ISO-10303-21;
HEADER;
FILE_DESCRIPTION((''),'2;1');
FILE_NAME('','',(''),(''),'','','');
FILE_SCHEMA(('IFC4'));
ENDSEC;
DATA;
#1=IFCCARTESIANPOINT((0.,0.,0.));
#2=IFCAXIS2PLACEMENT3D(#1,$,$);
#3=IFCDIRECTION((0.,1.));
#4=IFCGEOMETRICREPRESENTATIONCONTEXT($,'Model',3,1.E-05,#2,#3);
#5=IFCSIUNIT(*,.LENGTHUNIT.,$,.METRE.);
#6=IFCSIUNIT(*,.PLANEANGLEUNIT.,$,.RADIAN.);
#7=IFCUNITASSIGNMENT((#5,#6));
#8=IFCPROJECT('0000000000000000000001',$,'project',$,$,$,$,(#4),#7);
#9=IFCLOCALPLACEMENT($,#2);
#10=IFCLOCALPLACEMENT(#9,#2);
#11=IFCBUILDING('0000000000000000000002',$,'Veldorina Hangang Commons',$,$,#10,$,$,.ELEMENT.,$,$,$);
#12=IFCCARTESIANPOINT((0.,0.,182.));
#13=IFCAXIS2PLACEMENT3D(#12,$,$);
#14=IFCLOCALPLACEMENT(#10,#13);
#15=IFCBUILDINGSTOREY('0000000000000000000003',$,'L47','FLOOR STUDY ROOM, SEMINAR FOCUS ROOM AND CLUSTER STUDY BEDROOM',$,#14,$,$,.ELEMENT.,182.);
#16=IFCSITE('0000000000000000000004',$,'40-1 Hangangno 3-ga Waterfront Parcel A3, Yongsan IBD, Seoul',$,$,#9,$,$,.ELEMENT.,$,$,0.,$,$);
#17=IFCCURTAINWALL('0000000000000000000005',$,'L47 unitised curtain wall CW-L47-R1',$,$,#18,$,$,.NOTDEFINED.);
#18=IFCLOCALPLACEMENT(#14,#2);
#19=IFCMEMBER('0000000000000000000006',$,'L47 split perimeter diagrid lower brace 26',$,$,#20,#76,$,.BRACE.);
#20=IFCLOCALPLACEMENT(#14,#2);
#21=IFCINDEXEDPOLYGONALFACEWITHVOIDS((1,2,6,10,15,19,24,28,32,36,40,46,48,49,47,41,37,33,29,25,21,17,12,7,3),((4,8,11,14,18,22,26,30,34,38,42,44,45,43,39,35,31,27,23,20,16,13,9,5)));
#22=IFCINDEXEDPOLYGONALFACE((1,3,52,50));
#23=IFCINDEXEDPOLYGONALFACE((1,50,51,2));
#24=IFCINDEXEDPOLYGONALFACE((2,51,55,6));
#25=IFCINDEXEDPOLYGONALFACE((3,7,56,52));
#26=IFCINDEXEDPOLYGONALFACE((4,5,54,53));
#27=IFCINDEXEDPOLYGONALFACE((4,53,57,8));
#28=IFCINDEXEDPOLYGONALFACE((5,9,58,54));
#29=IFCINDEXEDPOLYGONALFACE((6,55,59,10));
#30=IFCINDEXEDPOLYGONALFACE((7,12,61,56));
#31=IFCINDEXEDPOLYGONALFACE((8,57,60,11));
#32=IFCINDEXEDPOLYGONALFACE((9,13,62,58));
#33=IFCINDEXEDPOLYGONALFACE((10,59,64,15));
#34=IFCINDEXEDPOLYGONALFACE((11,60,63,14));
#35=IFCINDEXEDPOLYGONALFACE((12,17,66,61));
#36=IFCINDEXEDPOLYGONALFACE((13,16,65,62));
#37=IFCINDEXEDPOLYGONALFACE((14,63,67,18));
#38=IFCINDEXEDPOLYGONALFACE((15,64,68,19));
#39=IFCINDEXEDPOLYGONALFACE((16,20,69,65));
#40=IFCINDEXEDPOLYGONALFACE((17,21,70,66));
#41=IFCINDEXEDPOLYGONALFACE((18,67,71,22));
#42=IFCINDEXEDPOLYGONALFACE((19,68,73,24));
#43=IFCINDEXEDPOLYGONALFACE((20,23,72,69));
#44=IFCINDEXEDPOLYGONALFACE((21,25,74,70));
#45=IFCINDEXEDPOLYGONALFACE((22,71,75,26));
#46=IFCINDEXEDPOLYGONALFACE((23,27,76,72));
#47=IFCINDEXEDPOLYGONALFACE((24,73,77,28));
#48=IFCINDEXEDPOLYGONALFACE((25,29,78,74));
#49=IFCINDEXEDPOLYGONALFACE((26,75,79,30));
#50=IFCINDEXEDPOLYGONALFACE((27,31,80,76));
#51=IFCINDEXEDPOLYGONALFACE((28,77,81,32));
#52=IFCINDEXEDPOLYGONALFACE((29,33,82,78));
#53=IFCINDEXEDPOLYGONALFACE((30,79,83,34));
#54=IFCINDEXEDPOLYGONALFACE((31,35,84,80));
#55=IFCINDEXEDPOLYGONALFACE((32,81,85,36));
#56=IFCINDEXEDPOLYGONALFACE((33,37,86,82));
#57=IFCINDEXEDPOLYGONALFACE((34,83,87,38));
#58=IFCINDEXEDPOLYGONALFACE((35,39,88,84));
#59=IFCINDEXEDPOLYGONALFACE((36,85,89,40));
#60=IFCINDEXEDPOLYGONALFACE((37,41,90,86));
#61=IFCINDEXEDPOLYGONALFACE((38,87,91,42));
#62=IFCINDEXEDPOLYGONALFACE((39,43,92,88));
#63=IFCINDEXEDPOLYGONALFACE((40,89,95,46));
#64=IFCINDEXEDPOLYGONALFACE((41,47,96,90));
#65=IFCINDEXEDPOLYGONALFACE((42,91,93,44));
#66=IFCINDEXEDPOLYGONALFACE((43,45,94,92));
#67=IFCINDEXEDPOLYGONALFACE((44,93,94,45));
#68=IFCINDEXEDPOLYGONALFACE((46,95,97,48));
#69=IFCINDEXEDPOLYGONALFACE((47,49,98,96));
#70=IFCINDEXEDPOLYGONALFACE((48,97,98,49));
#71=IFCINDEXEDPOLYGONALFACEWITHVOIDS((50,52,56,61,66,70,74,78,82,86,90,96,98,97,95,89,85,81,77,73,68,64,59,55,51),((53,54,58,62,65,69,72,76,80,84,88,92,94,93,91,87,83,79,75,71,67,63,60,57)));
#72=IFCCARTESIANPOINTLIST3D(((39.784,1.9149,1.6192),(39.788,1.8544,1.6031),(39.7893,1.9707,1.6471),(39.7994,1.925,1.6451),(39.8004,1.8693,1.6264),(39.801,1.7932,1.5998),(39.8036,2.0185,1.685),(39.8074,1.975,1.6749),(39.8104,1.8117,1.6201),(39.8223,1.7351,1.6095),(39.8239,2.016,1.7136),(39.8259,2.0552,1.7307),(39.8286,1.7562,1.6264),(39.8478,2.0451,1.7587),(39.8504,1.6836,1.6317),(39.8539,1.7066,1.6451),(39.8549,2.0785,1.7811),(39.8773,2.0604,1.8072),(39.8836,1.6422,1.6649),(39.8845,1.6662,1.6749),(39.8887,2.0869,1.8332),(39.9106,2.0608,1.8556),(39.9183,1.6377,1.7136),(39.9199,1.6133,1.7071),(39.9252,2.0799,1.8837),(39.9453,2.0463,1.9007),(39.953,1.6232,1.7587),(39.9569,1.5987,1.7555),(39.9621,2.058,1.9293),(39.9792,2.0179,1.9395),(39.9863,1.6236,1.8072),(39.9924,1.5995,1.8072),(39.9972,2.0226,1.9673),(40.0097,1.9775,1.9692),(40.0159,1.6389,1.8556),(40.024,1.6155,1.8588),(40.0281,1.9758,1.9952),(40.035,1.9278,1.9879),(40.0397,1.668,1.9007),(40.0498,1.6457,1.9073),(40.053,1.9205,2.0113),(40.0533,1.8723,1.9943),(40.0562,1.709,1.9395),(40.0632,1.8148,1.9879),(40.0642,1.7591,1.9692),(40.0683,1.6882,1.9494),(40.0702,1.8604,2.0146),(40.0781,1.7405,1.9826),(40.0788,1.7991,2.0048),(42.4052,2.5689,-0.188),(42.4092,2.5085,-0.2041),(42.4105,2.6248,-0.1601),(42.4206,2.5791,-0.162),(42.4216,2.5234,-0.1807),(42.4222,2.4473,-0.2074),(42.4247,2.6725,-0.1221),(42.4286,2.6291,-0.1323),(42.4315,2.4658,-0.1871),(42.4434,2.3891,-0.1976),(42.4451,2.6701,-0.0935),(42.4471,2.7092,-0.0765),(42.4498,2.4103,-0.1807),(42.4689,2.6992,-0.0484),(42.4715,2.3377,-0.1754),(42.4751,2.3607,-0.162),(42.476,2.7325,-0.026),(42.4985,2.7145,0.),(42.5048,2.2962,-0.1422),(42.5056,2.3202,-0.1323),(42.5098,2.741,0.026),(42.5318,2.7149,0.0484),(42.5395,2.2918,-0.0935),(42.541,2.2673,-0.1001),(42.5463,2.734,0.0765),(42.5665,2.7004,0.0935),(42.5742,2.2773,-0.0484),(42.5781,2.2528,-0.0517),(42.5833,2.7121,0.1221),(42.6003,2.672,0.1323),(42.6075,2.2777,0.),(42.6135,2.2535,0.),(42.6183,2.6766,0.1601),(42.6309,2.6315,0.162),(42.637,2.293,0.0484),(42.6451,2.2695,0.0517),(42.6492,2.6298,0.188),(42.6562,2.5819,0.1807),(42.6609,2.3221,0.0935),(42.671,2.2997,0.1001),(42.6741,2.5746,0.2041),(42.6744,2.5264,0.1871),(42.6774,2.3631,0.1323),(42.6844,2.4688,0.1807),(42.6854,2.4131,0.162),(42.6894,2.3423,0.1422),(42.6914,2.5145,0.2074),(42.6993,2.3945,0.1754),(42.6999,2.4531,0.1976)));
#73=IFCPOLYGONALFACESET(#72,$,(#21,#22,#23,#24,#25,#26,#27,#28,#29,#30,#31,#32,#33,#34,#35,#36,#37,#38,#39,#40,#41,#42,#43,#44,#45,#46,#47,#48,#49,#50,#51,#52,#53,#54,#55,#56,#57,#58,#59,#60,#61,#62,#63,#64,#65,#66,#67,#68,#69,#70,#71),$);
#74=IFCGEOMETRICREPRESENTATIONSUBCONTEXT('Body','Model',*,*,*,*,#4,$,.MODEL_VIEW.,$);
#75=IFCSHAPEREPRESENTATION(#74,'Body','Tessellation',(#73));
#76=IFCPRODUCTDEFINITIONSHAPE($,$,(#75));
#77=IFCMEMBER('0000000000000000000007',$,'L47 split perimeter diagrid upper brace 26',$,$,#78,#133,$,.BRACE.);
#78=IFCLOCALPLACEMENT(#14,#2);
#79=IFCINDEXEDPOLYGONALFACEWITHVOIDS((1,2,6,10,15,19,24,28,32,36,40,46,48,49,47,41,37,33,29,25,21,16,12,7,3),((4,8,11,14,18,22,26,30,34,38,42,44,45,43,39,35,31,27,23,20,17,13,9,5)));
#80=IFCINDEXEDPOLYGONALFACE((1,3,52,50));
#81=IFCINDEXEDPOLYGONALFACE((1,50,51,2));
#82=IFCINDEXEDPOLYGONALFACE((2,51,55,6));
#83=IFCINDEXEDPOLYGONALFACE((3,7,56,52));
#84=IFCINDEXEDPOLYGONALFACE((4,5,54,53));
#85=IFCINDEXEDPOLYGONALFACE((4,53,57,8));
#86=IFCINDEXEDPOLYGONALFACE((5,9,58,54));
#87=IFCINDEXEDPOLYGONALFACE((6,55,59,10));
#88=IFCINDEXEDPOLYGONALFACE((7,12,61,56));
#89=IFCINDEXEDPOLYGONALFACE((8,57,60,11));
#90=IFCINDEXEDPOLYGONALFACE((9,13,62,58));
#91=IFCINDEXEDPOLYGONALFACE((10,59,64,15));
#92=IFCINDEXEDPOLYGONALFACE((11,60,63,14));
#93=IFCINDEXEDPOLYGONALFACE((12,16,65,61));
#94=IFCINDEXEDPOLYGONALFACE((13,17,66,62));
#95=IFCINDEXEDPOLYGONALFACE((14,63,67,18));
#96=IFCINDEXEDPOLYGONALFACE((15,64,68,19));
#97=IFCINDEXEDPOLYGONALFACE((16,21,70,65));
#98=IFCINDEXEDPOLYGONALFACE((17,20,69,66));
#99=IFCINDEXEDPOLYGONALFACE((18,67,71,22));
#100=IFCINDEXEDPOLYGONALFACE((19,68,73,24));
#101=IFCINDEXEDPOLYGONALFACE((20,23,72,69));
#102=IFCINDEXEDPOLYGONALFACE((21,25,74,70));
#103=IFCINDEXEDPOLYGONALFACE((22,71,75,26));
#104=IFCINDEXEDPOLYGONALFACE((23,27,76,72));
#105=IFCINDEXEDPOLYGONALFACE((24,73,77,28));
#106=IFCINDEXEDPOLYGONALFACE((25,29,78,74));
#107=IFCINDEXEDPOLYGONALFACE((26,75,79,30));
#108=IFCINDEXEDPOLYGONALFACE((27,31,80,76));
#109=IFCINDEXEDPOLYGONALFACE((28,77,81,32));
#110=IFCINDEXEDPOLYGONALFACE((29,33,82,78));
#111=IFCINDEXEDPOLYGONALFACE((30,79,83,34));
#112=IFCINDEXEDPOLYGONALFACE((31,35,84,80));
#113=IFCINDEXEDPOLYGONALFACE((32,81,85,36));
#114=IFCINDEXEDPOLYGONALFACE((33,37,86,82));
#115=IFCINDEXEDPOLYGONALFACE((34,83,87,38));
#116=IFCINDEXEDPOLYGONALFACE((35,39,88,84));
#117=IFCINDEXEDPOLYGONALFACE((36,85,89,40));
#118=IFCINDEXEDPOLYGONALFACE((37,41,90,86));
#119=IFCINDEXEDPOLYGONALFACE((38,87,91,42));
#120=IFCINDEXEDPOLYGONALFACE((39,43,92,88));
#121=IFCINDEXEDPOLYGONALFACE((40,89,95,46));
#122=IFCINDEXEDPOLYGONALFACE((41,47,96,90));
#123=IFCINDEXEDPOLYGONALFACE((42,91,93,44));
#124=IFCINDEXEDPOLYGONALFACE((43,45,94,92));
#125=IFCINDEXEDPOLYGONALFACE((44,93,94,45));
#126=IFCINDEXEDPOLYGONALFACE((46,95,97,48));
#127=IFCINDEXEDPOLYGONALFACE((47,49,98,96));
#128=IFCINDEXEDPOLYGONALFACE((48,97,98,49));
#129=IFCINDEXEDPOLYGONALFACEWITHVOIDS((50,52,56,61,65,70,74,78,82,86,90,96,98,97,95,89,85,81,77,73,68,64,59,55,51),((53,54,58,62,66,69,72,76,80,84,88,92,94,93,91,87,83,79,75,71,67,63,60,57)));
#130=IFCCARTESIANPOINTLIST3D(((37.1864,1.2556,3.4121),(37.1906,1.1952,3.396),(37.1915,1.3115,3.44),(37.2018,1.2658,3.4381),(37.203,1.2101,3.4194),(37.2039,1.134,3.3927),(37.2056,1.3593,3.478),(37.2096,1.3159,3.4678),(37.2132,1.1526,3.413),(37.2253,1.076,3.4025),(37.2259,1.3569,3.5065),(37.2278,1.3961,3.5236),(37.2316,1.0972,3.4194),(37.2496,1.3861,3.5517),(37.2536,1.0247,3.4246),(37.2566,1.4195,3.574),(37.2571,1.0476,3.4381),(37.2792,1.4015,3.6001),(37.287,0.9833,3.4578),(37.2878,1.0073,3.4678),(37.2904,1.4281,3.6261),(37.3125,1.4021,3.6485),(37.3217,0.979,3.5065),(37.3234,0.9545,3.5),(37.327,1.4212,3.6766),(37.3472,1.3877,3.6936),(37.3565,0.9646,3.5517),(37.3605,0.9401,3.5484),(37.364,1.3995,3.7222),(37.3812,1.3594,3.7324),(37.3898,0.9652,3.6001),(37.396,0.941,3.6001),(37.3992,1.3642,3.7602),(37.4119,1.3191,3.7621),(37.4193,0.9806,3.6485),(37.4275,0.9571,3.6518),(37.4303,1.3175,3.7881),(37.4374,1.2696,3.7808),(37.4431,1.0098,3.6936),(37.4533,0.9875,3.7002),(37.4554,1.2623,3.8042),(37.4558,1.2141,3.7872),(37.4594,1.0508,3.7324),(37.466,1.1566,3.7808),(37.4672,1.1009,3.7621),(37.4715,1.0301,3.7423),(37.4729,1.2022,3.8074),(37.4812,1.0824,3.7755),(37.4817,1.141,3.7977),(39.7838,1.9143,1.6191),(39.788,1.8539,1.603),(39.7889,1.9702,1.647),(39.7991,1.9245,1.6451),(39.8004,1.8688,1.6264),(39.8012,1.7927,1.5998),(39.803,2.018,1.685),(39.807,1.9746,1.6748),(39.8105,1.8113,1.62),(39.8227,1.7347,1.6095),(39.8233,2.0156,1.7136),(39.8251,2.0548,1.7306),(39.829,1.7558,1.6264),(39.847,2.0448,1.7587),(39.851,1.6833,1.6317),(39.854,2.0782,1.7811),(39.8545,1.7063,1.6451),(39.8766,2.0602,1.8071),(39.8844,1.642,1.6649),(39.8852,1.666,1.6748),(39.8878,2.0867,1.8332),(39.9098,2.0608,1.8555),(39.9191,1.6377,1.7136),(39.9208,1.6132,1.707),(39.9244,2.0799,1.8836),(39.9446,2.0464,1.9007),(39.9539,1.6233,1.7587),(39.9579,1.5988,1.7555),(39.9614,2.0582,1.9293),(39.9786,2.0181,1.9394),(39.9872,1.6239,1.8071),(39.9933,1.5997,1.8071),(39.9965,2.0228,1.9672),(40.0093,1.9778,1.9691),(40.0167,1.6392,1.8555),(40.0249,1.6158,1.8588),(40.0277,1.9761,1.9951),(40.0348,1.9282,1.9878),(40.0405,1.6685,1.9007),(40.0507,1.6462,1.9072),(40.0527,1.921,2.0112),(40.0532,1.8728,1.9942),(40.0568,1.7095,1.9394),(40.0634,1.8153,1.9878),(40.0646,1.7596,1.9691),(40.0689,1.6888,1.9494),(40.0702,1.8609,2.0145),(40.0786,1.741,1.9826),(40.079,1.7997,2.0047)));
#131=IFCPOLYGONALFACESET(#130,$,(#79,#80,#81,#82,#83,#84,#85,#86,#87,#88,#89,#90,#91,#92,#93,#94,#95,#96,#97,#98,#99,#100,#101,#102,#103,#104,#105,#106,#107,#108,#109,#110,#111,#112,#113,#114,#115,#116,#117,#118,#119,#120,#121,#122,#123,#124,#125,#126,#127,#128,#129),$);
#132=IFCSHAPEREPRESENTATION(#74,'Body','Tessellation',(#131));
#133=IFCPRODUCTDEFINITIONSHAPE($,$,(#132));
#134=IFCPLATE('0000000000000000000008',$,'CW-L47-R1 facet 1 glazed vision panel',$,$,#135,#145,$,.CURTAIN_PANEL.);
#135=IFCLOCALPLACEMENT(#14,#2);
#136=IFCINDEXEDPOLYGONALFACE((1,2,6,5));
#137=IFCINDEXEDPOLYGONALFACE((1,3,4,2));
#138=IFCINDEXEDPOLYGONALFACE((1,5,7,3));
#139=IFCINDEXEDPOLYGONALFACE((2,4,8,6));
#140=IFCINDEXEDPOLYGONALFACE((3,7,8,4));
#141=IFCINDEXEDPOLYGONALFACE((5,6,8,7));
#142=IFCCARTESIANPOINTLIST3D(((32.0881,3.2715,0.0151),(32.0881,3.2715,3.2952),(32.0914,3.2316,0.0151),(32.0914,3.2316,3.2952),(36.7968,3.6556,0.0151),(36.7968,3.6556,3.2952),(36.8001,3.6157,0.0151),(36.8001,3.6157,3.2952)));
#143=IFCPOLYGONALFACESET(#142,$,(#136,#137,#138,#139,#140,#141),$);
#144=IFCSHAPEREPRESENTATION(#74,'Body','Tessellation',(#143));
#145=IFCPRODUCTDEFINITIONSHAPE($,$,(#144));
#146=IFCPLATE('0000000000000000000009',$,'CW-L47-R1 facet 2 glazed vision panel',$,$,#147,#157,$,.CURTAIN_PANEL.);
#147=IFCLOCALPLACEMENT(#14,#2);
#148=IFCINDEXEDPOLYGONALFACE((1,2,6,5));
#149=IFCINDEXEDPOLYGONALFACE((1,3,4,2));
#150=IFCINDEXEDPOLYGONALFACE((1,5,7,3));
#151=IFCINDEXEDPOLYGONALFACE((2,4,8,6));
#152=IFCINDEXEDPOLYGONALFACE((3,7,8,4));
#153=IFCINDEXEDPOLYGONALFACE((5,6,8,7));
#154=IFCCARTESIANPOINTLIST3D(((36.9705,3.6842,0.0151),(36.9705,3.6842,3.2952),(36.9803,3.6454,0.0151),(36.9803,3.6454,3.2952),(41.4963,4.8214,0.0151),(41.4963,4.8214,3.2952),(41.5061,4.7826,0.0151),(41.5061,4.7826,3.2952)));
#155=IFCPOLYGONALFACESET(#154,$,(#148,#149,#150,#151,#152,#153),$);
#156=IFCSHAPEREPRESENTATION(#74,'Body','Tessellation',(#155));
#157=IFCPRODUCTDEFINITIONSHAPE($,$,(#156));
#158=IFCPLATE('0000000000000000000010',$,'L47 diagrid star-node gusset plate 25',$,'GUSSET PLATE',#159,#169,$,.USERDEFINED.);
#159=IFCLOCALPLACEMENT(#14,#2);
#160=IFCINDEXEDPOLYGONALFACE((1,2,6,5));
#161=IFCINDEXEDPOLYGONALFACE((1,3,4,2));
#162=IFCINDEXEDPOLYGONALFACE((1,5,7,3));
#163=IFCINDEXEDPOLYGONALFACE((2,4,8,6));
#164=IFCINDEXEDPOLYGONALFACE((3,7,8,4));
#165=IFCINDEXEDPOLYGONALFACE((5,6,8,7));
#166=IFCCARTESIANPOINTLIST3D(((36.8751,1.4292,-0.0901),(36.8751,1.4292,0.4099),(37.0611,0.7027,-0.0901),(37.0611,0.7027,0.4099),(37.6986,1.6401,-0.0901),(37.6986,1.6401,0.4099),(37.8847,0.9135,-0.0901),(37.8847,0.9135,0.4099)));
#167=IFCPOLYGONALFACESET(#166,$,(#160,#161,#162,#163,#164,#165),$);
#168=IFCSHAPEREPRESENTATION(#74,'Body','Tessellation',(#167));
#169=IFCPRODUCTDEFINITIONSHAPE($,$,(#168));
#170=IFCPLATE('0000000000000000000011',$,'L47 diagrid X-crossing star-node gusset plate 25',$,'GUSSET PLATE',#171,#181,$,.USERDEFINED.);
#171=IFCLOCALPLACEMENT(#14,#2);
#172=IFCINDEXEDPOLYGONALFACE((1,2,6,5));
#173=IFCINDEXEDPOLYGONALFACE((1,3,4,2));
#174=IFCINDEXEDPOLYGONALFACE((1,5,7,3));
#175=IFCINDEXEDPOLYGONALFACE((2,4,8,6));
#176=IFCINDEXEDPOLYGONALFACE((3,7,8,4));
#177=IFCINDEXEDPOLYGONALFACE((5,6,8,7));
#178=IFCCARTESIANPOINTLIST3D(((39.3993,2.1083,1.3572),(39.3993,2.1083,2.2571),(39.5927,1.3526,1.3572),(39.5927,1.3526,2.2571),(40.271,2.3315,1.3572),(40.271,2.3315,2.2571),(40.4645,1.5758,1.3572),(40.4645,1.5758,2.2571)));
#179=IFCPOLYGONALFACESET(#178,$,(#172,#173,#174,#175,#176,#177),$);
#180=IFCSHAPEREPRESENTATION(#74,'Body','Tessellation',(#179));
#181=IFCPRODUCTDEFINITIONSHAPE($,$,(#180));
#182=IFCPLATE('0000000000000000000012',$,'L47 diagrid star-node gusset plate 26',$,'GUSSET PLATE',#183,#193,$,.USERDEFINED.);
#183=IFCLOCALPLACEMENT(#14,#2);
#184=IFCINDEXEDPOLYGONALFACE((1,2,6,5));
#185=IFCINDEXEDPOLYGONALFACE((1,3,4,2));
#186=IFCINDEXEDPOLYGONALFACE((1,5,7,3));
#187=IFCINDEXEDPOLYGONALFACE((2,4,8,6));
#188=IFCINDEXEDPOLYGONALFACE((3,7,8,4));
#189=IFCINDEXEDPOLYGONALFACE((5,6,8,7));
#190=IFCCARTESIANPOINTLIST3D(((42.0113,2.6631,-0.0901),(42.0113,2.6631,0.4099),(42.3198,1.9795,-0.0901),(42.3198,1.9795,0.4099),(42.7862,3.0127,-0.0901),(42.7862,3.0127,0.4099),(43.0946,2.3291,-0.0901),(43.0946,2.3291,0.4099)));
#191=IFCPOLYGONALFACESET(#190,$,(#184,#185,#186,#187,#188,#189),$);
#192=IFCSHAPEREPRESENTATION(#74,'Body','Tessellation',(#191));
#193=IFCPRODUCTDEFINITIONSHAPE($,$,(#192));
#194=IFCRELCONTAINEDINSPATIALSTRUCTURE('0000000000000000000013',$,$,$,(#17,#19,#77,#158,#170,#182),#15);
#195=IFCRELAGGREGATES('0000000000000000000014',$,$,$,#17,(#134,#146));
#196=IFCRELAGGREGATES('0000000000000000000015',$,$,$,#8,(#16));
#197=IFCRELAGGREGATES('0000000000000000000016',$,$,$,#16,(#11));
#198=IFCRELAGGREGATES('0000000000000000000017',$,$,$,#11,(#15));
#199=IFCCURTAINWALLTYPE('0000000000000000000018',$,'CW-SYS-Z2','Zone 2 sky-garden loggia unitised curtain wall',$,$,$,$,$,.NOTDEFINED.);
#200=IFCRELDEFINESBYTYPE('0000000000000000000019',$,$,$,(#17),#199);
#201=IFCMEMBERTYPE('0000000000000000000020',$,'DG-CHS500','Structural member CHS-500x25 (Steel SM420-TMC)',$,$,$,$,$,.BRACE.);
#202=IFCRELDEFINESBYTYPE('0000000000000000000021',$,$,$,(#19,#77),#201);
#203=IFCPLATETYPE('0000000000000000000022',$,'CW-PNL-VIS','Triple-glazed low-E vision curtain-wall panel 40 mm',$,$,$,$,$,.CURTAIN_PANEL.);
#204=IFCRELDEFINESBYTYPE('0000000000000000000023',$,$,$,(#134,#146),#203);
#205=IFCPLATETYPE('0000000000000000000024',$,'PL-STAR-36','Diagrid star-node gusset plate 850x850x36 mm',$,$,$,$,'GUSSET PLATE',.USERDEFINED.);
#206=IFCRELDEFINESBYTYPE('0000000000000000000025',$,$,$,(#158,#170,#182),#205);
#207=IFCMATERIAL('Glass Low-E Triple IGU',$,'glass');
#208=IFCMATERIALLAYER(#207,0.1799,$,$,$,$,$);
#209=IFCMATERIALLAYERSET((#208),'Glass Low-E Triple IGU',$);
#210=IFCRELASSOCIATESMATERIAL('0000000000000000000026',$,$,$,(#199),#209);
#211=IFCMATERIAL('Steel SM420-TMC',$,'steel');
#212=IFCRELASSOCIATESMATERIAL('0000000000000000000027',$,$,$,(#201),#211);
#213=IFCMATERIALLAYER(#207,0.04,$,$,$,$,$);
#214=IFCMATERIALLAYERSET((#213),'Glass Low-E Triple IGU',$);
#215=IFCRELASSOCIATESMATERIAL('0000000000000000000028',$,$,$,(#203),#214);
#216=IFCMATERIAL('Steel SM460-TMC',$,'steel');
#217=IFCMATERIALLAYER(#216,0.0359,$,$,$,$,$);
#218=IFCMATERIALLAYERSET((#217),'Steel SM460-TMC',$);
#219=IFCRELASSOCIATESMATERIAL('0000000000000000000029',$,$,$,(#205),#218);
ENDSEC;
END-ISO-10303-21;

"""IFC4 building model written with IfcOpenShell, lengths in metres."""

from ifc_helpers import new_model, si_unit, direction, frame, origin, origin_2d, place, context, subcontext, project, spatial, rectangle, hollow_circle, extrude, material, layer, layer_set, material_profile, profile_set, type_object, element, aggregate, save


model = new_model("IFC4")

# Units and contexts
model_context = context("Model", 3, precision=1e-05, world=origin(), true_north=direction((0.0, 1.0)))
body_context = subcontext(model_context, "Body", "Model", "MODEL_VIEW")
ifc_project = project(units=[si_unit("LENGTHUNIT", "METRE"), si_unit("PLANEANGLEUNIT", "RADIAN")], contexts=[model_context])

# Site, building, storey
site_placement = place(None, origin())
site = spatial("IfcSite", under=ifc_project, at=site_placement, Name="40-1 Hangangno 3-ga Waterfront Parcel A3, Yongsan IBD, Seoul", CompositionType="ELEMENT", RefElevation=0.0)
building_placement = place(site_placement, origin())
building = spatial("IfcBuilding", under=site, at=building_placement, Name="Veldorina Hangang Commons", CompositionType="ELEMENT")
storey_placement = place(building_placement, frame((0.0, 0.0, 182.0)))
storey = spatial("IfcBuildingStorey", under=building, at=storey_placement, Name="L47", Description="FLOOR STUDY ROOM, SEMINAR FOCUS ROOM AND CLUSTER STUDY BEDROOM", CompositionType="ELEMENT", Elevation=182.0)

# Shared definitions
ifc_material_1 = material(Name="Steel SM420-TMC", Category="steel")

# Curtain wall
ifc_material_2 = material(Name="Glass Low-E Triple IGU", Category="glass")
ifc_layer_1 = layer(ifc_material_2, 0.1799)
ifc_layer_set_1 = layer_set([ifc_layer_1], Name="Glass Low-E Triple IGU")
curtain_wall_type = type_object("IfcCurtainWallType", Name="CW-SYS-Z2", Description="Zone 2 sky-garden loggia unitised curtain wall", PredefinedType="NOTDEFINED", material=ifc_layer_set_1)
curtain_wall_placement = place(storey_placement, origin())
curtain_wall = element("IfcCurtainWall", 1, at=curtain_wall_placement, inside=storey, type_object=curtain_wall_type, Name="L47 unitised curtain wall CW-L47-R1", PredefinedType="NOTDEFINED")

# Members
ifc_material_profile_1 = material_profile(ifc_material_1, hollow_circle(Radius=0.25, WallThickness=0.0249, at=origin_2d()), Name="CHS-500x25")
ifc_profile_set_1 = profile_set([ifc_material_profile_1], Name="Steel SM420-TMC")
member_type_1 = type_object("IfcMemberType", Name="DG-CHS500", Description="Structural member CHS-500x25 (Steel SM420-TMC)", PredefinedType="BRACE", material=ifc_profile_set_1)
member_1_placement = place(storey_placement, frame((42.553, 2.4961, 0.0), z_axis=(-0.806447, -0.201236, 0.55601), x_axis=(0.24211, -0.970249, 0.0)))
element("IfcMember", 2, at=member_1_placement, inside=storey, type_object=member_type_1, Name="L47 split perimeter diagrid lower brace 26", PredefinedType="BRACE", context=body_context, shape_type="SweptSolid", body=[
    extrude(hollow_circle(Radius=0.25, WallThickness=0.0249, at=origin_2d()), origin(), (0.0, 0.0, 1.0), 3.2502),
])
member_2_placement = place(storey_placement, frame((39.9319, 1.842, 1.8071), z_axis=(-0.805611, -0.204299, 0.556105), x_axis=(0.245814, -0.969317, 0.0)))
element("IfcMember", 3, at=member_2_placement, inside=storey, type_object=member_type_1, Name="L47 split perimeter diagrid upper brace 26", PredefinedType="BRACE", context=body_context, shape_type="SweptSolid", body=[
    extrude(hollow_circle(Radius=0.25, WallThickness=0.0249, at=origin_2d()), origin(), (0.0, 0.0, 1.0), 3.2241),
])

# Plates
ifc_layer_2 = layer(ifc_material_2, 0.04)
ifc_layer_set_2 = layer_set([ifc_layer_2], Name="Glass Low-E Triple IGU")
plate_type_1 = type_object("IfcPlateType", Name="CW-PNL-VIS", Description="Triple-glazed low-E vision curtain-wall panel 40 mm", PredefinedType="CURTAIN_PANEL", material=ifc_layer_set_2)
plate_1_placement = place(storey_placement, frame((34.4441, 3.4436, 0.0151), z_axis=(0.0, 0.0, 1.0), x_axis=(0.996689, 0.081312, 0.0)))
plate_1 = element("IfcPlate", 4, at=plate_1_placement, type_object=plate_type_1, Name="CW-L47-R1 facet 1 glazed vision panel", PredefinedType="CURTAIN_PANEL", context=body_context, shape_type="SweptSolid", body=[
    extrude(rectangle(XDim=4.7244, YDim=0.04, at=origin_2d()), origin(), (0.0, 0.0, 1.0), 3.28),
])
plate_2_placement = place(storey_placement, frame((39.2383, 4.2334, 0.0151), z_axis=(0.0, 0.0, 1.0), x_axis=(0.969851, 0.2437, 0.0)))
plate_2 = element("IfcPlate", 5, at=plate_2_placement, type_object=plate_type_1, Name="CW-L47-R1 facet 2 glazed vision panel", PredefinedType="CURTAIN_PANEL", context=body_context, shape_type="SweptSolid", body=[
    extrude(rectangle(XDim=4.6665, YDim=0.04, at=origin_2d()), origin(), (0.0, 0.0, 1.0), 3.28),
])
aggregate(curtain_wall, [plate_1, plate_2])

# Plates
ifc_material_3 = material(Name="Steel SM460-TMC", Category="steel")
ifc_layer_3 = layer(ifc_material_3, 0.0359)
ifc_layer_set_3 = layer_set([ifc_layer_3], Name="Steel SM460-TMC")
plate_type_2 = type_object("IfcPlateType", Name="PL-STAR-36", Description="Diagrid star-node gusset plate 850x850x36 mm", ElementType="GUSSET PLATE", PredefinedType="USERDEFINED", material=ifc_layer_set_3)
plate_3_placement = place(storey_placement, frame((37.3799, 1.1714, -0.0901), z_axis=(0.0, 0.0, 1.0), x_axis=(0.968748, 0.248047, 0.0)))
element("IfcPlate", 6, at=plate_3_placement, inside=storey, type_object=plate_type_2, Name="L47 diagrid star-node gusset plate 25", ObjectType="GUSSET PLATE", PredefinedType="USERDEFINED", context=body_context, shape_type="SweptSolid", body=[
    extrude(rectangle(XDim=0.8501, YDim=0.75, at=origin_2d()), origin(), (0.0, 0.0, 1.0), 0.5),
])
plate_4_placement = place(storey_placement, frame((39.9319, 1.842, 1.3572), z_axis=(0.0, 0.0, 1.0), x_axis=(0.968748, 0.248047, 0.0)))
element("IfcPlate", 7, at=plate_4_placement, inside=storey, type_object=plate_type_2, Name="L47 diagrid X-crossing star-node gusset plate 25", ObjectType="GUSSET PLATE", PredefinedType="USERDEFINED", context=body_context, shape_type="SweptSolid", body=[
    extrude(rectangle(XDim=0.8999, YDim=0.78, at=origin_2d()), origin(), (0.0, 0.0, 1.0), 0.8999),
])
plate_5_placement = place(storey_placement, frame((42.553, 2.4961, -0.0901), z_axis=(0.0, 0.0, 1.0), x_axis=(0.911525, 0.411244, 0.0)))
element("IfcPlate", 8, at=plate_5_placement, inside=storey, type_object=plate_type_2, Name="L47 diagrid star-node gusset plate 26", ObjectType="GUSSET PLATE", PredefinedType="USERDEFINED", context=body_context, shape_type="SweptSolid", body=[
    extrude(rectangle(XDim=0.8501, YDim=0.75, at=origin_2d()), origin(), (0.0, 0.0, 1.0), 0.5),
])

save(model, "model.ifc")
